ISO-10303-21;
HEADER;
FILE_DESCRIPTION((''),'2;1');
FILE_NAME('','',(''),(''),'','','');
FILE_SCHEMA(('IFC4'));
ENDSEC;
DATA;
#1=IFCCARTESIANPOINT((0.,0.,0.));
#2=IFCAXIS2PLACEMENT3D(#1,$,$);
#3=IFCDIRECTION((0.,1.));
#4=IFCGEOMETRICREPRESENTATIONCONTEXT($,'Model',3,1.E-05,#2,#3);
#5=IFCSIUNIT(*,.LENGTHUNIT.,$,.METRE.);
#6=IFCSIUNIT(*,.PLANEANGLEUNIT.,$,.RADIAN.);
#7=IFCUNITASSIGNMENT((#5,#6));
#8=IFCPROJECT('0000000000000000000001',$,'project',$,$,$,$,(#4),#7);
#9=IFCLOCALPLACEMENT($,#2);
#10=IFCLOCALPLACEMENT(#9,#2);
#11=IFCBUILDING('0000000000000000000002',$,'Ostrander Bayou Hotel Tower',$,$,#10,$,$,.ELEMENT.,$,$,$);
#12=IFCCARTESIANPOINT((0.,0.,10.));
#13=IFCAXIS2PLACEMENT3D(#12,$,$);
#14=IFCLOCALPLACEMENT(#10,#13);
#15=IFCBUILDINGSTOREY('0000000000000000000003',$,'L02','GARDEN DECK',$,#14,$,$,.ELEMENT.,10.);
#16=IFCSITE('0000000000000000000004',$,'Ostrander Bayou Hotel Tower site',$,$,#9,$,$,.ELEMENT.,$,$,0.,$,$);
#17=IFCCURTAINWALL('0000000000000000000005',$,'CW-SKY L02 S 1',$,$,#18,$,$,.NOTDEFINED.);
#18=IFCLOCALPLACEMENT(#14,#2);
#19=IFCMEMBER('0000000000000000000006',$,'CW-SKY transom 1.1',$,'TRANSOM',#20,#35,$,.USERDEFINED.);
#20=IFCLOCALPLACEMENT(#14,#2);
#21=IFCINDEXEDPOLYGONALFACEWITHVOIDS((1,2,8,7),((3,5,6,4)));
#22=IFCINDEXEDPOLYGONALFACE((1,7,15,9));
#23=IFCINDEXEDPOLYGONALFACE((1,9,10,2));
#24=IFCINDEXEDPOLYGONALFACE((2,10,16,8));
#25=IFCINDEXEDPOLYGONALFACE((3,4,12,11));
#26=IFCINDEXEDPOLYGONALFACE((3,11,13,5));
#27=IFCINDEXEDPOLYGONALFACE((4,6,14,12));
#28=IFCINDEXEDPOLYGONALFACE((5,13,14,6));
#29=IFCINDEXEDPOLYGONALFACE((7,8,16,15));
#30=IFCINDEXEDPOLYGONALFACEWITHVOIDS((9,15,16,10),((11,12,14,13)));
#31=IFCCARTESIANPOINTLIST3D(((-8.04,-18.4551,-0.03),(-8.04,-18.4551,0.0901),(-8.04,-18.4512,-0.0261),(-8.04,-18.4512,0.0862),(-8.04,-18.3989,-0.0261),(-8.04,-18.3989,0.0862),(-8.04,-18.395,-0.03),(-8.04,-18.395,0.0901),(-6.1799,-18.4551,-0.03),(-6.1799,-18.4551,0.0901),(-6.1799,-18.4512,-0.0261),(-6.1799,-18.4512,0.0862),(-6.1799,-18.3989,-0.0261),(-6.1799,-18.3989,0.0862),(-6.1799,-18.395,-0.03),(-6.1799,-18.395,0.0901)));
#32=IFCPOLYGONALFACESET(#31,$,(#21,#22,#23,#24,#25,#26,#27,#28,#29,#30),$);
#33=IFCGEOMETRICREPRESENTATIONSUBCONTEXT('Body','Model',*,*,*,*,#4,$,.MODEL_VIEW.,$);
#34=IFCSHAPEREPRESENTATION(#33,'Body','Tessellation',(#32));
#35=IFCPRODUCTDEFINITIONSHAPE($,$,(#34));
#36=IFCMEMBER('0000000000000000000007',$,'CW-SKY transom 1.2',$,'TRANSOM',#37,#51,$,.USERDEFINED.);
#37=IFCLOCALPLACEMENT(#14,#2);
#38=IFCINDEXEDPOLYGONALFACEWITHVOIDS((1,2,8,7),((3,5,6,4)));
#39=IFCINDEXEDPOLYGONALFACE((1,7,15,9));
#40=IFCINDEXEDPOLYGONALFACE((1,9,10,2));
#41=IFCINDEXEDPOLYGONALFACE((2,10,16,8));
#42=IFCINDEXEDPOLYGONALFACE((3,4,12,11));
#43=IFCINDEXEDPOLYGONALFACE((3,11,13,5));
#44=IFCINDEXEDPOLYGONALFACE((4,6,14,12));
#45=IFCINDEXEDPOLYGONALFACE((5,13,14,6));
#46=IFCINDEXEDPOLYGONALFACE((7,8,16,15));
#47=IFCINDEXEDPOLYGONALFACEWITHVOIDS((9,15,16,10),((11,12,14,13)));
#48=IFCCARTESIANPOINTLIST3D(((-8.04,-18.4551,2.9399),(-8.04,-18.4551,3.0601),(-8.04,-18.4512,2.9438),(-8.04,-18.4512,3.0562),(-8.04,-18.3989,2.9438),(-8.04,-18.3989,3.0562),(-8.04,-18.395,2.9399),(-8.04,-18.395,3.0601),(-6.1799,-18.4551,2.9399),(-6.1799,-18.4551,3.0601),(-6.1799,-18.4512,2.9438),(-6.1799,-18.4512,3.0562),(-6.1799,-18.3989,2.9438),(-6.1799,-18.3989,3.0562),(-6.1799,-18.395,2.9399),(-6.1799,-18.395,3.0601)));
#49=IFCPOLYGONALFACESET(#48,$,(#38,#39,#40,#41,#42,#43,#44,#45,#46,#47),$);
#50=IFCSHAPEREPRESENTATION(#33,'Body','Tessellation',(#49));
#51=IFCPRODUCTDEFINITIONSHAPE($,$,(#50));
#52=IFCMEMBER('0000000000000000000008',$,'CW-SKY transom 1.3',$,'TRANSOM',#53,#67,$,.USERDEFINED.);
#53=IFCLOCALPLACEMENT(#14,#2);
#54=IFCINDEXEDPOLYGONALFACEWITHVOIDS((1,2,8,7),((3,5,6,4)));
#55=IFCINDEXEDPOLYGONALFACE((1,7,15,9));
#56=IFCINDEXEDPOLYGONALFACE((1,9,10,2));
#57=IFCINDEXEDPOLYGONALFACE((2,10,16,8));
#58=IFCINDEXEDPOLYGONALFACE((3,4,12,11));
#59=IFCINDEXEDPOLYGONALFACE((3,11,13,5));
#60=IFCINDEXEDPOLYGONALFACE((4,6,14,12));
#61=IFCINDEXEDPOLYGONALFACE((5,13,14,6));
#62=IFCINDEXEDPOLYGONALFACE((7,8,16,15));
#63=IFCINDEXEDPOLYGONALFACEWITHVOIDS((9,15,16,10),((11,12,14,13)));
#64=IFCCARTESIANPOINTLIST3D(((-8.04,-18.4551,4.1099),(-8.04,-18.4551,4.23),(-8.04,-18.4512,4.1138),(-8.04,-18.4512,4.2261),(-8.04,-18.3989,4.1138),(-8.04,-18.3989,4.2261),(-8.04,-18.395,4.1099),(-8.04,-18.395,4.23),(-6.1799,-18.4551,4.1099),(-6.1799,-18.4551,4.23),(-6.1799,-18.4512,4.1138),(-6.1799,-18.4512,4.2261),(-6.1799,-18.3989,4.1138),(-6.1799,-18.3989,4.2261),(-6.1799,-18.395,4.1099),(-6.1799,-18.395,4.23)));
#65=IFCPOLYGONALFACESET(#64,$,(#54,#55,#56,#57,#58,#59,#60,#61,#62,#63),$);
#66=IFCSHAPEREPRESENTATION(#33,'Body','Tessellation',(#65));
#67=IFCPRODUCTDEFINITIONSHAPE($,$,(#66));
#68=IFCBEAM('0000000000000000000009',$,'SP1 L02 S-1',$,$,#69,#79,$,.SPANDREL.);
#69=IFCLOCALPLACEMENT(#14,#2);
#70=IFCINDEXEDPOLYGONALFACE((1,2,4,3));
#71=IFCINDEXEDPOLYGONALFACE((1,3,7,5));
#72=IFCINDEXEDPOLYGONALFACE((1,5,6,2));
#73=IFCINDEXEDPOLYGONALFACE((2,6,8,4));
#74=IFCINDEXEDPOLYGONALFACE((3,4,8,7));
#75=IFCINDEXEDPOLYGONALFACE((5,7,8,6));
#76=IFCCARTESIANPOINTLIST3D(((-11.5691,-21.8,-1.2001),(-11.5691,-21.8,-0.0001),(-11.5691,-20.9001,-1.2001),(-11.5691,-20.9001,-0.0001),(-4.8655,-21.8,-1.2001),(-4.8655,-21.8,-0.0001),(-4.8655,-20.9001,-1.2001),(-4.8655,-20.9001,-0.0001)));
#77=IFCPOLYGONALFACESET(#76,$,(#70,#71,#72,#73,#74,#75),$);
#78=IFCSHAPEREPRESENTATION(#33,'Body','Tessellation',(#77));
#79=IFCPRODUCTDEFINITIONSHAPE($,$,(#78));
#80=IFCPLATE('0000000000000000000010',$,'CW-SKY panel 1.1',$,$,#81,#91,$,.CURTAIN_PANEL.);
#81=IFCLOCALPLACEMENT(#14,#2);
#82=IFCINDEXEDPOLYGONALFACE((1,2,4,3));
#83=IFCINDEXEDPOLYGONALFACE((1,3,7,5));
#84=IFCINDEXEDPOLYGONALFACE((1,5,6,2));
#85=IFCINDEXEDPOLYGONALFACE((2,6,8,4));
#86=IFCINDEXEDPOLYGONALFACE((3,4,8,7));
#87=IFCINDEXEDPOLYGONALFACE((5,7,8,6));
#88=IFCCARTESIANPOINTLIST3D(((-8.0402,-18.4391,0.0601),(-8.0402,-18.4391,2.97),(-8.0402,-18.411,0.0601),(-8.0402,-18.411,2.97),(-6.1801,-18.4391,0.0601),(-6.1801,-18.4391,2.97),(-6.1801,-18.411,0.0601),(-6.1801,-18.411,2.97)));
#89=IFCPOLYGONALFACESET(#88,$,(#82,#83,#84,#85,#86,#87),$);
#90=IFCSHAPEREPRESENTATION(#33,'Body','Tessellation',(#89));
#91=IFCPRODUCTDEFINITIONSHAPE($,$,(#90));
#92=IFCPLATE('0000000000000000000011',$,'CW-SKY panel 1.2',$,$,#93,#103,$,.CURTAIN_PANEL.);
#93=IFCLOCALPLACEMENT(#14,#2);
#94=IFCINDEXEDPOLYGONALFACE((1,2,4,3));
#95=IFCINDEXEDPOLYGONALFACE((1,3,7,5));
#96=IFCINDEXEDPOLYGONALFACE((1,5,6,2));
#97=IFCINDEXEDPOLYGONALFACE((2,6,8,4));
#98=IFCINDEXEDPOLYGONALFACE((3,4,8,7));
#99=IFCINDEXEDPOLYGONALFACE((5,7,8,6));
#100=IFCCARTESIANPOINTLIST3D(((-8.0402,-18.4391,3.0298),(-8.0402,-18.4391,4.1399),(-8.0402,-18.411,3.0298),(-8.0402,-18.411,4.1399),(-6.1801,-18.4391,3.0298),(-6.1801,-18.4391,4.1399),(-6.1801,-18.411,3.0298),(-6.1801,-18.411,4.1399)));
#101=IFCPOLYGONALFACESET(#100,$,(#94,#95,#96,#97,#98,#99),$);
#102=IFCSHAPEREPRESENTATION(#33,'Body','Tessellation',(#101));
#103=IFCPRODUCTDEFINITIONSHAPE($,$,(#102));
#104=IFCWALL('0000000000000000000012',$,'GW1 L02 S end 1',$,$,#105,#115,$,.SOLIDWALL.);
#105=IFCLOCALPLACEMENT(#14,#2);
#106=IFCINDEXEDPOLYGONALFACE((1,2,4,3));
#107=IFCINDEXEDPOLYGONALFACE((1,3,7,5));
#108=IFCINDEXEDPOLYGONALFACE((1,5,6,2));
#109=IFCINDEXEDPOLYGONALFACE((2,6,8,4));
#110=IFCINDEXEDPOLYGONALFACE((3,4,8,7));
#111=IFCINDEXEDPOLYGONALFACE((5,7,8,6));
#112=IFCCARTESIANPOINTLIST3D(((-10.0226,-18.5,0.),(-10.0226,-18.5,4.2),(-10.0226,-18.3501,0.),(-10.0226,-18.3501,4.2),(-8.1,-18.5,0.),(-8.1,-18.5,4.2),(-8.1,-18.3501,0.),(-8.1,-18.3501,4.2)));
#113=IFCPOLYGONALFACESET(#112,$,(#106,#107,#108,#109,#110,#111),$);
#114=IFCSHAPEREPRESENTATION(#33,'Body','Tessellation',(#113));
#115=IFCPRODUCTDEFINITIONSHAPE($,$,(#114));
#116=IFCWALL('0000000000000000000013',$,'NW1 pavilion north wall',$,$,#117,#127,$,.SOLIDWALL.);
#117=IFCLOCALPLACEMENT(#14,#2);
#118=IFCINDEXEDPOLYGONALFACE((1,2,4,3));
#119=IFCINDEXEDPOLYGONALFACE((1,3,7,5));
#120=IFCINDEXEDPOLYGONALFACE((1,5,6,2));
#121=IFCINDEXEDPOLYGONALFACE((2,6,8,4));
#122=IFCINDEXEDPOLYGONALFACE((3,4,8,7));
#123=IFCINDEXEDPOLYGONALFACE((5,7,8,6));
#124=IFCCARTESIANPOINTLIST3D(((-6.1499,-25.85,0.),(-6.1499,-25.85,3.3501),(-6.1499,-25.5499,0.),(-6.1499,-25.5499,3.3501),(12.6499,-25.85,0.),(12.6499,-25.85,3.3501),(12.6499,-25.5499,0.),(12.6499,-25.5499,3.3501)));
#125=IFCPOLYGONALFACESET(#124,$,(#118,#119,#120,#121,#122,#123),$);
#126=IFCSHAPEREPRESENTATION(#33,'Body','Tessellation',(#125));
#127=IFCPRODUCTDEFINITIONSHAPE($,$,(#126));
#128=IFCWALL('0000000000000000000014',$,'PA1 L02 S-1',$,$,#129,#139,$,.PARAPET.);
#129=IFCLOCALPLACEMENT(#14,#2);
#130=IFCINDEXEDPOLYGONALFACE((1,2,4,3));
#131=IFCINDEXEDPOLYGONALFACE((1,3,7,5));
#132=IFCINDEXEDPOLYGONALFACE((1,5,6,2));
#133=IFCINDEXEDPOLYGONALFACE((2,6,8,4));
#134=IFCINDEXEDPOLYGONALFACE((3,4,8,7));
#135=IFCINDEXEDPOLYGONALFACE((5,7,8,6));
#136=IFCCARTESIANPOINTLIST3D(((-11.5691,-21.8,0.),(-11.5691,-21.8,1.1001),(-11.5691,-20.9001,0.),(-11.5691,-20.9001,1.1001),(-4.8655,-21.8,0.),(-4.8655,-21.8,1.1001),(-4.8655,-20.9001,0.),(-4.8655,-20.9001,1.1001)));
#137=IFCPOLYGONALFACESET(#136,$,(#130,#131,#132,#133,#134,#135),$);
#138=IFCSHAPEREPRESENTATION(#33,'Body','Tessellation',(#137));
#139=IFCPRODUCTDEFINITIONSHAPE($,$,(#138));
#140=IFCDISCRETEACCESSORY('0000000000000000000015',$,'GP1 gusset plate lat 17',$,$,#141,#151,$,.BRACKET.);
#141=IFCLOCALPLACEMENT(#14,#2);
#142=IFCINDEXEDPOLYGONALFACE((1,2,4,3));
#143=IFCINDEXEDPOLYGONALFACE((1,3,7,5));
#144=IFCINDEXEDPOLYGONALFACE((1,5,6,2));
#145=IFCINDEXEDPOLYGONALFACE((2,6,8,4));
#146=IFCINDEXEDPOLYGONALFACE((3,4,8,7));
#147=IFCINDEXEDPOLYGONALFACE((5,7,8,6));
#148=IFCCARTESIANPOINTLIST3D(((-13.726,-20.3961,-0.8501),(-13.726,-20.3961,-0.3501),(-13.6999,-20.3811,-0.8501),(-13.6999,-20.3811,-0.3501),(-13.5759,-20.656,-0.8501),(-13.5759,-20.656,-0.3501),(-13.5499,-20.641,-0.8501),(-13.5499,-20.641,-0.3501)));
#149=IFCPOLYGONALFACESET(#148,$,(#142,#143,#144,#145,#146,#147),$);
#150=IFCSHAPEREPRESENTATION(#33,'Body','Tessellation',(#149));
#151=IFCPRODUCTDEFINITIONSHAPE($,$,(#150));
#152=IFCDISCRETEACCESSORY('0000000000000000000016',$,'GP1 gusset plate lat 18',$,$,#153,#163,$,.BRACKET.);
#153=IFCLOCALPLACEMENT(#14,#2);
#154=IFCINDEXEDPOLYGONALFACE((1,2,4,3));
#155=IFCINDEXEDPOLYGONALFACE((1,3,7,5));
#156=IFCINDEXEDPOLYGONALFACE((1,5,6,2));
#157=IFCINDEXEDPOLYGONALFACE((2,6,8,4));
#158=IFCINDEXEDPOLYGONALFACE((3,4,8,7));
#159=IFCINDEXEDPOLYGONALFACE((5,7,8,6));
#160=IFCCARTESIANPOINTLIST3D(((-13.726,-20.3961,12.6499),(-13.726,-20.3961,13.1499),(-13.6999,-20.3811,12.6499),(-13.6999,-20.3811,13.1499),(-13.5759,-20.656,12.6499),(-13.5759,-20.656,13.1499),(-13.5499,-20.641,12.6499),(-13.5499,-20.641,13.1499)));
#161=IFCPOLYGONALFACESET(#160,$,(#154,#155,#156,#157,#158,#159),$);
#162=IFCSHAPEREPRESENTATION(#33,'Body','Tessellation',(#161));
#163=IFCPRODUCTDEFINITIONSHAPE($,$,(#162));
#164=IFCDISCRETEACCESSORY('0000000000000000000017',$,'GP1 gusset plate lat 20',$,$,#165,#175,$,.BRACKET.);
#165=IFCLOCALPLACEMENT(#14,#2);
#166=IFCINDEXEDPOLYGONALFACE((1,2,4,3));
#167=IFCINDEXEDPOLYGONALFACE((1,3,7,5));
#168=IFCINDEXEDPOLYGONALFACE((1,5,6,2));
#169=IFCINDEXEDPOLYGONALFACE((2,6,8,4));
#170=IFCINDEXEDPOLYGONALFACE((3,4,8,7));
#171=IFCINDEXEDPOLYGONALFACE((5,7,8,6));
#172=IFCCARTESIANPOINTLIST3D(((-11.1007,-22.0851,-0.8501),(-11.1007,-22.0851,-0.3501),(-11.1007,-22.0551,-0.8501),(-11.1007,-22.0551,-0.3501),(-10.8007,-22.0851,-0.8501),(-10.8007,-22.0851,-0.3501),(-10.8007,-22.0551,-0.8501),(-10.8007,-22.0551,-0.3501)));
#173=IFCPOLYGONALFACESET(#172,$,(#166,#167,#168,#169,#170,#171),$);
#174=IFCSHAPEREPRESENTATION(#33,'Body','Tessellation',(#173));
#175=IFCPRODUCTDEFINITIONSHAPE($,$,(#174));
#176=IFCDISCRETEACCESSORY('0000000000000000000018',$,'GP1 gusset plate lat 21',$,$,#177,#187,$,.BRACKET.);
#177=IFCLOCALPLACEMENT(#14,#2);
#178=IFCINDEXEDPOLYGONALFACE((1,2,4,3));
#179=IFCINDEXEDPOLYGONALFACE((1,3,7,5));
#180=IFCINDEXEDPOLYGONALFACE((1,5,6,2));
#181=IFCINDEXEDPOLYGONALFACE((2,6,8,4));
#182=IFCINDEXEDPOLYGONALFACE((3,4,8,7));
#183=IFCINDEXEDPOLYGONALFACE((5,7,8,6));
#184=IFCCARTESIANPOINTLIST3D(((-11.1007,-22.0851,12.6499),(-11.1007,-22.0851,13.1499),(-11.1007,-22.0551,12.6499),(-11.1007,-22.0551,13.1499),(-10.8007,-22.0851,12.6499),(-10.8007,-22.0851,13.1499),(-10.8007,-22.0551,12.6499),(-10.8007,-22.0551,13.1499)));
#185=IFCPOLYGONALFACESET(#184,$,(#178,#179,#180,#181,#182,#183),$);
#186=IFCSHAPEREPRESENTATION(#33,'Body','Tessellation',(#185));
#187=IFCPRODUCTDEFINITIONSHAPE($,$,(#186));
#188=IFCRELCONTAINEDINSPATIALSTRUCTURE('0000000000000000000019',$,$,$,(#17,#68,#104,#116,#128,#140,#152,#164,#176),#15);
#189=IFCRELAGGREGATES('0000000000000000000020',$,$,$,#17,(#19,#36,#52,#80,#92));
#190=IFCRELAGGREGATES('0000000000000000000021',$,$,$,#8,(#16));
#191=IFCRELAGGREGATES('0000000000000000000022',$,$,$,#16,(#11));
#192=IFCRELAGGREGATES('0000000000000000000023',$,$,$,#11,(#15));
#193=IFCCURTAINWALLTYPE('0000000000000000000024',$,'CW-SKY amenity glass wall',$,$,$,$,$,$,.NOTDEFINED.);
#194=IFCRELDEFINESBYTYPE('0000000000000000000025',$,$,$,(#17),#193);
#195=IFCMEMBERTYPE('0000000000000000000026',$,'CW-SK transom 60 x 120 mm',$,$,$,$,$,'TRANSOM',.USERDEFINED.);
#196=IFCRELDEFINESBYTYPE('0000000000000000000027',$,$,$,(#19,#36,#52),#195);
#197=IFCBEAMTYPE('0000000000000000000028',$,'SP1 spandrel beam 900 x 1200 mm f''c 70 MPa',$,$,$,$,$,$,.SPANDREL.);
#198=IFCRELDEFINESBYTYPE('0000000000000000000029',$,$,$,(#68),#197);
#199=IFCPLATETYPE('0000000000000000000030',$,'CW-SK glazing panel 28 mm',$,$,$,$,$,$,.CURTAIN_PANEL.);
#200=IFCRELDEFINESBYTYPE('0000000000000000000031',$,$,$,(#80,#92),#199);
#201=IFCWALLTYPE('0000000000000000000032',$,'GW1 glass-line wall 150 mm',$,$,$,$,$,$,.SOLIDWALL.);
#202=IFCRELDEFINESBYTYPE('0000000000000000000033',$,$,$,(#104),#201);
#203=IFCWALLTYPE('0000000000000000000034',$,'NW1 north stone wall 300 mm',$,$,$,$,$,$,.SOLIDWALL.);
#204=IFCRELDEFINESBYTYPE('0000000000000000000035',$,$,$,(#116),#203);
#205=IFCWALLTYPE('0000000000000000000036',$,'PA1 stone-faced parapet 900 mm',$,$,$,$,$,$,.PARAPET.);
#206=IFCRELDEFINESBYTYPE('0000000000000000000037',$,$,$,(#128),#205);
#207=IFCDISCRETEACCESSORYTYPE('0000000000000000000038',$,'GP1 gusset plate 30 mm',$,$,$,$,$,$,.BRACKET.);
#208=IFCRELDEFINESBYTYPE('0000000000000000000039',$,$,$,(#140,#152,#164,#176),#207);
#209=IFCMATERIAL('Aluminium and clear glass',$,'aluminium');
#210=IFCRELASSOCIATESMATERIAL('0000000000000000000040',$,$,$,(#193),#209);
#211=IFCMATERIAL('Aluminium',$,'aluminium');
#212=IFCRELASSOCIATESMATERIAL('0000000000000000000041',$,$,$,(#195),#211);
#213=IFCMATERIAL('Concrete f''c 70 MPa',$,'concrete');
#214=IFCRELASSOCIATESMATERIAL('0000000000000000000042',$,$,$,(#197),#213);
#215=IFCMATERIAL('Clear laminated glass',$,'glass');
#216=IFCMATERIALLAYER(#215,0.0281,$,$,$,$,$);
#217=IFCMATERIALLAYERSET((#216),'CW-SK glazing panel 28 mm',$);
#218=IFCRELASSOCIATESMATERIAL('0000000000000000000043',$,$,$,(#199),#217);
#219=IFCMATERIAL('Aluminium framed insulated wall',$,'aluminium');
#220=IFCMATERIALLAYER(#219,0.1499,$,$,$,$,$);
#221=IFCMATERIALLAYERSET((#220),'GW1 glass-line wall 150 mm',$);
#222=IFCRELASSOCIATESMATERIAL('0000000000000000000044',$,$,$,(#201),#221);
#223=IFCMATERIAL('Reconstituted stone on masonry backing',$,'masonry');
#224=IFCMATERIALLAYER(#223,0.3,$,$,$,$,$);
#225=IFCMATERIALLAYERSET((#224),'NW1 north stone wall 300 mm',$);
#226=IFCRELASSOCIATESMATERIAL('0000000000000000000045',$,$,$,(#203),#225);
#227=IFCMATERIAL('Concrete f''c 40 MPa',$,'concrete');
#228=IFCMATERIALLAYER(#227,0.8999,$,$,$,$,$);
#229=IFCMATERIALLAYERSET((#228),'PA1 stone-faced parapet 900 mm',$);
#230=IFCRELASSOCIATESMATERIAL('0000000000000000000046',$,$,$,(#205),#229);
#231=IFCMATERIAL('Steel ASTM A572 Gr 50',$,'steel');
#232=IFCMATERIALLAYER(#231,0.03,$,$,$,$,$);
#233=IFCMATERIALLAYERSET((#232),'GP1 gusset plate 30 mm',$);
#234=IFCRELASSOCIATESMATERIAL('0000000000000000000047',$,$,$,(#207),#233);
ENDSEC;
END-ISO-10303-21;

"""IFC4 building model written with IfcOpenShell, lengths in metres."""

from ifc_helpers import new_model, si_unit, direction, frame, frame_2d, origin, origin_2d, place, context, subcontext, project, spatial, rectangle, hollow_rectangle, extrude, material, layer, layer_set, material_profile, profile_set, type_object, element, aggregate, save


model = new_model("IFC4")

# Units and contexts
model_context = context("Model", 3, precision=1e-05, world=origin(), true_north=direction((0.0, 1.0)))
body_context = subcontext(model_context, "Body", "Model", "MODEL_VIEW")
ifc_project = project(units=[si_unit("LENGTHUNIT", "METRE"), si_unit("PLANEANGLEUNIT", "RADIAN")], contexts=[model_context])

# Site, building, storey
site_placement = place(None, origin())
site = spatial("IfcSite", under=ifc_project, at=site_placement, Name="Ostrander Bayou Hotel Tower site", CompositionType="ELEMENT", RefElevation=0.0)
building_placement = place(site_placement, origin())
building = spatial("IfcBuilding", under=site, at=building_placement, Name="Ostrander Bayou Hotel Tower", CompositionType="ELEMENT")
storey_placement = place(building_placement, frame((0.0, 0.0, 10.0)))
storey = spatial("IfcBuildingStorey", under=building, at=storey_placement, Name="L02", Description="GARDEN DECK", CompositionType="ELEMENT", Elevation=10.0)

# Curtain wall, members
ifc_material_1 = material(Name="Aluminium and clear glass", Category="aluminium")
curtain_wall_type_1 = type_object("IfcCurtainWallType", Name="CW-SKY amenity glass wall", PredefinedType="NOTDEFINED", material=ifc_material_1)
curtain_wall_1_placement = place(storey_placement, origin())
curtain_wall_1 = element("IfcCurtainWall", 1, at=curtain_wall_1_placement, inside=storey, type_object=curtain_wall_type_1, Name="CW-SKY L02 S 1", PredefinedType="NOTDEFINED")
ifc_material_2 = material(Name="Aluminium", Category="aluminium")
ifc_material_profile_1 = material_profile(ifc_material_2, hollow_rectangle(XDim=0.0601, YDim=0.1201, WallThickness=0.0039, at=origin_2d()))
ifc_profile_set_1 = profile_set([ifc_material_profile_1], Name="Aluminium")
member_type_1 = type_object("IfcMemberType", Name="CW-SK transom 60 x 120 mm", ElementType="TRANSOM", PredefinedType="USERDEFINED", material=ifc_profile_set_1)
member_1_placement = place(storey_placement, frame((-8.04, -18.425, 0.03), z_axis=(1.0, 0.0, 0.0), x_axis=(0.0, 1.0, 0.0)))
member_1 = element("IfcMember", 2, at=member_1_placement, type_object=member_type_1, Name="CW-SKY transom 1.1", ObjectType="TRANSOM", PredefinedType="USERDEFINED", context=body_context, shape_type="SweptSolid", body=[
    extrude(hollow_rectangle(XDim=0.0601, YDim=0.1201, WallThickness=0.0039, at=origin_2d()), origin(), (0.0, 0.0, 1.0), 1.8601),
])
member_2_placement = place(storey_placement, frame((-8.04, -18.425, 3.0), z_axis=(1.0, 0.0, 0.0), x_axis=(0.0, 1.0, 0.0)))
member_2 = element("IfcMember", 3, at=member_2_placement, type_object=member_type_1, Name="CW-SKY transom 1.2", ObjectType="TRANSOM", PredefinedType="USERDEFINED", context=body_context, shape_type="SweptSolid", body=[
    extrude(hollow_rectangle(XDim=0.0601, YDim=0.1201, WallThickness=0.0039, at=origin_2d()), origin(), (0.0, 0.0, 1.0), 1.8601),
])
member_3_placement = place(storey_placement, frame((-8.04, -18.425, 4.1699), z_axis=(1.0, 0.0, 0.0), x_axis=(0.0, 1.0, 0.0)))
member_3 = element("IfcMember", 4, at=member_3_placement, type_object=member_type_1, Name="CW-SKY transom 1.3", ObjectType="TRANSOM", PredefinedType="USERDEFINED", context=body_context, shape_type="SweptSolid", body=[
    extrude(hollow_rectangle(XDim=0.0601, YDim=0.1201, WallThickness=0.0039, at=origin_2d()), origin(), (0.0, 0.0, 1.0), 1.8601),
])

# Beam
ifc_material_3 = material(Name="Concrete f'c 70 MPa", Category="concrete")
ifc_material_profile_2 = material_profile(ifc_material_3, rectangle(XDim=0.8999, YDim=1.2, at=origin_2d()))
ifc_profile_set_2 = profile_set([ifc_material_profile_2], Name="Concrete f'c 70 MPa")
beam_type = type_object("IfcBeamType", Name="SP1 spandrel beam 900 x 1200 mm f'c 70 MPa", PredefinedType="SPANDREL", material=ifc_profile_set_2)
beam_placement = place(storey_placement, frame((-11.5691, -21.3501, -0.6001), z_axis=(1.0, 0.0, 0.0), x_axis=(0.0, 1.0, 0.0)))
element("IfcBeam", 5, at=beam_placement, inside=storey, type_object=beam_type, Name="SP1 L02 S-1", PredefinedType="SPANDREL", context=body_context, shape_type="SweptSolid", body=[
    extrude(rectangle(XDim=0.8999, YDim=1.2, at=origin_2d()), origin(), (0.0, 0.0, 1.0), 6.7036),
])

# Plates
ifc_material_4 = material(Name="Clear laminated glass", Category="glass")
ifc_layer_1 = layer(ifc_material_4, 0.0281)
ifc_layer_set_1 = layer_set([ifc_layer_1], Name="CW-SK glazing panel 28 mm")
plate_type = type_object("IfcPlateType", Name="CW-SK glazing panel 28 mm", PredefinedType="CURTAIN_PANEL", material=ifc_layer_set_1)
plate_1_placement = place(storey_placement, frame((-7.1101, -18.425, 0.0601), z_axis=(0.0, 0.0, 1.0), x_axis=(1.0, 0.0, 0.0)))
plate_1 = element("IfcPlate", 6, at=plate_1_placement, type_object=plate_type, Name="CW-SKY panel 1.1", PredefinedType="CURTAIN_PANEL", context=body_context, shape_type="SweptSolid", body=[
    extrude(rectangle(XDim=1.8601, YDim=0.0281, at=origin_2d()), origin(), (0.0, 0.0, 1.0), 2.9099),
])
plate_2_placement = place(storey_placement, frame((-7.1101, -18.425, 3.0298), z_axis=(0.0, 0.0, 1.0), x_axis=(1.0, 0.0, 0.0)))
plate_2 = element("IfcPlate", 7, at=plate_2_placement, type_object=plate_type, Name="CW-SKY panel 1.2", PredefinedType="CURTAIN_PANEL", context=body_context, shape_type="SweptSolid", body=[
    extrude(rectangle(XDim=1.8601, YDim=0.0281, at=origin_2d()), origin(), (0.0, 0.0, 1.0), 1.1101),
])
aggregate(curtain_wall_1, [member_1, member_2, member_3, plate_1, plate_2])

# Wall
ifc_material_5 = material(Name="Aluminium framed insulated wall", Category="aluminium")
ifc_layer_2 = layer(ifc_material_5, 0.1499)
ifc_layer_set_2 = layer_set([ifc_layer_2], Name="GW1 glass-line wall 150 mm")
wall_type_1 = type_object("IfcWallType", Name="GW1 glass-line wall 150 mm", PredefinedType="SOLIDWALL", material=ifc_layer_set_2)
wall_1_placement = place(storey_placement, frame((-10.0227, -18.425, 0.0), z_axis=(0.0, 0.0, 1.0), x_axis=(1.0, 0.0, 0.0)))
element("IfcWall", 8, at=wall_1_placement, inside=storey, type_object=wall_type_1, Name="GW1 L02 S end 1", PredefinedType="SOLIDWALL", context=body_context, shape_type="SweptSolid", body=[
    extrude(rectangle(XDim=1.9226, YDim=0.1499, at=frame_2d((0.9614, 0.0))), origin(), (0.0, 0.0, 1.0), 4.2),
])

# Shared definitions
ifc_material_6 = material(Name="Reconstituted stone on masonry backing", Category="masonry")
ifc_layer_3 = layer(ifc_material_6, 0.3)
ifc_layer_set_3 = layer_set([ifc_layer_3], Name="NW1 north stone wall 300 mm")
wall_type_2 = type_object("IfcWallType", Name="NW1 north stone wall 300 mm", PredefinedType="SOLIDWALL", material=ifc_layer_set_3)

# Walls
wall_2_placement = place(storey_placement, frame((-6.1499, -25.7, 0.0), z_axis=(0.0, 0.0, 1.0), x_axis=(1.0, 0.0, 0.0)))
element("IfcWall", 9, at=wall_2_placement, inside=storey, type_object=wall_type_2, Name="NW1 pavilion north wall", PredefinedType="SOLIDWALL", context=body_context, shape_type="SweptSolid", body=[
    extrude(rectangle(XDim=18.7998, YDim=0.3, at=frame_2d((9.3999, 0.0))), origin(), (0.0, 0.0, 1.0), 3.3501),
])
ifc_material_7 = material(Name="Concrete f'c 40 MPa", Category="concrete")
ifc_layer_4 = layer(ifc_material_7, 0.8999)
ifc_layer_set_4 = layer_set([ifc_layer_4], Name="PA1 stone-faced parapet 900 mm")
wall_type_3 = type_object("IfcWallType", Name="PA1 stone-faced parapet 900 mm", PredefinedType="PARAPET", material=ifc_layer_set_4)
wall_3_placement = place(storey_placement, frame((-11.5691, -21.3501, 0.0), z_axis=(0.0, 0.0, 1.0), x_axis=(1.0, 0.0, 0.0)))
element("IfcWall", 10, at=wall_3_placement, inside=storey, type_object=wall_type_3, Name="PA1 L02 S-1", PredefinedType="PARAPET", context=body_context, shape_type="SweptSolid", body=[
    extrude(rectangle(XDim=6.7036, YDim=0.8999, at=frame_2d((3.3518, 0.0))), origin(), (0.0, 0.0, 1.0), 1.1001),
])

# Discrete accessories
ifc_material_8 = material(Name="Steel ASTM A572 Gr 50", Category="steel")
ifc_layer_5 = layer(ifc_material_8, 0.03)
ifc_layer_set_5 = layer_set([ifc_layer_5], Name="GP1 gusset plate 30 mm")
discrete_accessory_type = type_object("IfcDiscreteAccessoryType", Name="GP1 gusset plate 30 mm", PredefinedType="BRACKET", material=ifc_layer_set_5)
for number, where, z_axis, x_axis, name in (
    (11, (-13.6379, -20.5186, -0.8501), (0.0, 0.0, 1.0), (0.5, -0.866025, 0.0), "GP1 gusset plate lat 17"),
    (12, (-13.6379, -20.5186, 12.6499), (0.0, 0.0, 1.0), (0.5, -0.866025, 0.0), "GP1 gusset plate lat 18"),
    (13, (-10.9507, -22.0701, -0.8501), (0.0, 0.0, 1.0), (1.0, 0.0, 0.0), "GP1 gusset plate lat 20"),
    (14, (-10.9507, -22.0701, 12.6499), (0.0, 0.0, 1.0), (1.0, 0.0, 0.0), "GP1 gusset plate lat 21"),
):
    element("IfcDiscreteAccessory", number, at=place(storey_placement, frame(where, z_axis=z_axis, x_axis=x_axis)), inside=storey, type_object=discrete_accessory_type, Name=name, PredefinedType="BRACKET", context=body_context, shape_type="SweptSolid", body=[
        extrude(rectangle(XDim=0.3, YDim=0.03, at=origin_2d()), origin(), (0.0, 0.0, 1.0), 0.5),
    ])

save(model, "model.ifc")
